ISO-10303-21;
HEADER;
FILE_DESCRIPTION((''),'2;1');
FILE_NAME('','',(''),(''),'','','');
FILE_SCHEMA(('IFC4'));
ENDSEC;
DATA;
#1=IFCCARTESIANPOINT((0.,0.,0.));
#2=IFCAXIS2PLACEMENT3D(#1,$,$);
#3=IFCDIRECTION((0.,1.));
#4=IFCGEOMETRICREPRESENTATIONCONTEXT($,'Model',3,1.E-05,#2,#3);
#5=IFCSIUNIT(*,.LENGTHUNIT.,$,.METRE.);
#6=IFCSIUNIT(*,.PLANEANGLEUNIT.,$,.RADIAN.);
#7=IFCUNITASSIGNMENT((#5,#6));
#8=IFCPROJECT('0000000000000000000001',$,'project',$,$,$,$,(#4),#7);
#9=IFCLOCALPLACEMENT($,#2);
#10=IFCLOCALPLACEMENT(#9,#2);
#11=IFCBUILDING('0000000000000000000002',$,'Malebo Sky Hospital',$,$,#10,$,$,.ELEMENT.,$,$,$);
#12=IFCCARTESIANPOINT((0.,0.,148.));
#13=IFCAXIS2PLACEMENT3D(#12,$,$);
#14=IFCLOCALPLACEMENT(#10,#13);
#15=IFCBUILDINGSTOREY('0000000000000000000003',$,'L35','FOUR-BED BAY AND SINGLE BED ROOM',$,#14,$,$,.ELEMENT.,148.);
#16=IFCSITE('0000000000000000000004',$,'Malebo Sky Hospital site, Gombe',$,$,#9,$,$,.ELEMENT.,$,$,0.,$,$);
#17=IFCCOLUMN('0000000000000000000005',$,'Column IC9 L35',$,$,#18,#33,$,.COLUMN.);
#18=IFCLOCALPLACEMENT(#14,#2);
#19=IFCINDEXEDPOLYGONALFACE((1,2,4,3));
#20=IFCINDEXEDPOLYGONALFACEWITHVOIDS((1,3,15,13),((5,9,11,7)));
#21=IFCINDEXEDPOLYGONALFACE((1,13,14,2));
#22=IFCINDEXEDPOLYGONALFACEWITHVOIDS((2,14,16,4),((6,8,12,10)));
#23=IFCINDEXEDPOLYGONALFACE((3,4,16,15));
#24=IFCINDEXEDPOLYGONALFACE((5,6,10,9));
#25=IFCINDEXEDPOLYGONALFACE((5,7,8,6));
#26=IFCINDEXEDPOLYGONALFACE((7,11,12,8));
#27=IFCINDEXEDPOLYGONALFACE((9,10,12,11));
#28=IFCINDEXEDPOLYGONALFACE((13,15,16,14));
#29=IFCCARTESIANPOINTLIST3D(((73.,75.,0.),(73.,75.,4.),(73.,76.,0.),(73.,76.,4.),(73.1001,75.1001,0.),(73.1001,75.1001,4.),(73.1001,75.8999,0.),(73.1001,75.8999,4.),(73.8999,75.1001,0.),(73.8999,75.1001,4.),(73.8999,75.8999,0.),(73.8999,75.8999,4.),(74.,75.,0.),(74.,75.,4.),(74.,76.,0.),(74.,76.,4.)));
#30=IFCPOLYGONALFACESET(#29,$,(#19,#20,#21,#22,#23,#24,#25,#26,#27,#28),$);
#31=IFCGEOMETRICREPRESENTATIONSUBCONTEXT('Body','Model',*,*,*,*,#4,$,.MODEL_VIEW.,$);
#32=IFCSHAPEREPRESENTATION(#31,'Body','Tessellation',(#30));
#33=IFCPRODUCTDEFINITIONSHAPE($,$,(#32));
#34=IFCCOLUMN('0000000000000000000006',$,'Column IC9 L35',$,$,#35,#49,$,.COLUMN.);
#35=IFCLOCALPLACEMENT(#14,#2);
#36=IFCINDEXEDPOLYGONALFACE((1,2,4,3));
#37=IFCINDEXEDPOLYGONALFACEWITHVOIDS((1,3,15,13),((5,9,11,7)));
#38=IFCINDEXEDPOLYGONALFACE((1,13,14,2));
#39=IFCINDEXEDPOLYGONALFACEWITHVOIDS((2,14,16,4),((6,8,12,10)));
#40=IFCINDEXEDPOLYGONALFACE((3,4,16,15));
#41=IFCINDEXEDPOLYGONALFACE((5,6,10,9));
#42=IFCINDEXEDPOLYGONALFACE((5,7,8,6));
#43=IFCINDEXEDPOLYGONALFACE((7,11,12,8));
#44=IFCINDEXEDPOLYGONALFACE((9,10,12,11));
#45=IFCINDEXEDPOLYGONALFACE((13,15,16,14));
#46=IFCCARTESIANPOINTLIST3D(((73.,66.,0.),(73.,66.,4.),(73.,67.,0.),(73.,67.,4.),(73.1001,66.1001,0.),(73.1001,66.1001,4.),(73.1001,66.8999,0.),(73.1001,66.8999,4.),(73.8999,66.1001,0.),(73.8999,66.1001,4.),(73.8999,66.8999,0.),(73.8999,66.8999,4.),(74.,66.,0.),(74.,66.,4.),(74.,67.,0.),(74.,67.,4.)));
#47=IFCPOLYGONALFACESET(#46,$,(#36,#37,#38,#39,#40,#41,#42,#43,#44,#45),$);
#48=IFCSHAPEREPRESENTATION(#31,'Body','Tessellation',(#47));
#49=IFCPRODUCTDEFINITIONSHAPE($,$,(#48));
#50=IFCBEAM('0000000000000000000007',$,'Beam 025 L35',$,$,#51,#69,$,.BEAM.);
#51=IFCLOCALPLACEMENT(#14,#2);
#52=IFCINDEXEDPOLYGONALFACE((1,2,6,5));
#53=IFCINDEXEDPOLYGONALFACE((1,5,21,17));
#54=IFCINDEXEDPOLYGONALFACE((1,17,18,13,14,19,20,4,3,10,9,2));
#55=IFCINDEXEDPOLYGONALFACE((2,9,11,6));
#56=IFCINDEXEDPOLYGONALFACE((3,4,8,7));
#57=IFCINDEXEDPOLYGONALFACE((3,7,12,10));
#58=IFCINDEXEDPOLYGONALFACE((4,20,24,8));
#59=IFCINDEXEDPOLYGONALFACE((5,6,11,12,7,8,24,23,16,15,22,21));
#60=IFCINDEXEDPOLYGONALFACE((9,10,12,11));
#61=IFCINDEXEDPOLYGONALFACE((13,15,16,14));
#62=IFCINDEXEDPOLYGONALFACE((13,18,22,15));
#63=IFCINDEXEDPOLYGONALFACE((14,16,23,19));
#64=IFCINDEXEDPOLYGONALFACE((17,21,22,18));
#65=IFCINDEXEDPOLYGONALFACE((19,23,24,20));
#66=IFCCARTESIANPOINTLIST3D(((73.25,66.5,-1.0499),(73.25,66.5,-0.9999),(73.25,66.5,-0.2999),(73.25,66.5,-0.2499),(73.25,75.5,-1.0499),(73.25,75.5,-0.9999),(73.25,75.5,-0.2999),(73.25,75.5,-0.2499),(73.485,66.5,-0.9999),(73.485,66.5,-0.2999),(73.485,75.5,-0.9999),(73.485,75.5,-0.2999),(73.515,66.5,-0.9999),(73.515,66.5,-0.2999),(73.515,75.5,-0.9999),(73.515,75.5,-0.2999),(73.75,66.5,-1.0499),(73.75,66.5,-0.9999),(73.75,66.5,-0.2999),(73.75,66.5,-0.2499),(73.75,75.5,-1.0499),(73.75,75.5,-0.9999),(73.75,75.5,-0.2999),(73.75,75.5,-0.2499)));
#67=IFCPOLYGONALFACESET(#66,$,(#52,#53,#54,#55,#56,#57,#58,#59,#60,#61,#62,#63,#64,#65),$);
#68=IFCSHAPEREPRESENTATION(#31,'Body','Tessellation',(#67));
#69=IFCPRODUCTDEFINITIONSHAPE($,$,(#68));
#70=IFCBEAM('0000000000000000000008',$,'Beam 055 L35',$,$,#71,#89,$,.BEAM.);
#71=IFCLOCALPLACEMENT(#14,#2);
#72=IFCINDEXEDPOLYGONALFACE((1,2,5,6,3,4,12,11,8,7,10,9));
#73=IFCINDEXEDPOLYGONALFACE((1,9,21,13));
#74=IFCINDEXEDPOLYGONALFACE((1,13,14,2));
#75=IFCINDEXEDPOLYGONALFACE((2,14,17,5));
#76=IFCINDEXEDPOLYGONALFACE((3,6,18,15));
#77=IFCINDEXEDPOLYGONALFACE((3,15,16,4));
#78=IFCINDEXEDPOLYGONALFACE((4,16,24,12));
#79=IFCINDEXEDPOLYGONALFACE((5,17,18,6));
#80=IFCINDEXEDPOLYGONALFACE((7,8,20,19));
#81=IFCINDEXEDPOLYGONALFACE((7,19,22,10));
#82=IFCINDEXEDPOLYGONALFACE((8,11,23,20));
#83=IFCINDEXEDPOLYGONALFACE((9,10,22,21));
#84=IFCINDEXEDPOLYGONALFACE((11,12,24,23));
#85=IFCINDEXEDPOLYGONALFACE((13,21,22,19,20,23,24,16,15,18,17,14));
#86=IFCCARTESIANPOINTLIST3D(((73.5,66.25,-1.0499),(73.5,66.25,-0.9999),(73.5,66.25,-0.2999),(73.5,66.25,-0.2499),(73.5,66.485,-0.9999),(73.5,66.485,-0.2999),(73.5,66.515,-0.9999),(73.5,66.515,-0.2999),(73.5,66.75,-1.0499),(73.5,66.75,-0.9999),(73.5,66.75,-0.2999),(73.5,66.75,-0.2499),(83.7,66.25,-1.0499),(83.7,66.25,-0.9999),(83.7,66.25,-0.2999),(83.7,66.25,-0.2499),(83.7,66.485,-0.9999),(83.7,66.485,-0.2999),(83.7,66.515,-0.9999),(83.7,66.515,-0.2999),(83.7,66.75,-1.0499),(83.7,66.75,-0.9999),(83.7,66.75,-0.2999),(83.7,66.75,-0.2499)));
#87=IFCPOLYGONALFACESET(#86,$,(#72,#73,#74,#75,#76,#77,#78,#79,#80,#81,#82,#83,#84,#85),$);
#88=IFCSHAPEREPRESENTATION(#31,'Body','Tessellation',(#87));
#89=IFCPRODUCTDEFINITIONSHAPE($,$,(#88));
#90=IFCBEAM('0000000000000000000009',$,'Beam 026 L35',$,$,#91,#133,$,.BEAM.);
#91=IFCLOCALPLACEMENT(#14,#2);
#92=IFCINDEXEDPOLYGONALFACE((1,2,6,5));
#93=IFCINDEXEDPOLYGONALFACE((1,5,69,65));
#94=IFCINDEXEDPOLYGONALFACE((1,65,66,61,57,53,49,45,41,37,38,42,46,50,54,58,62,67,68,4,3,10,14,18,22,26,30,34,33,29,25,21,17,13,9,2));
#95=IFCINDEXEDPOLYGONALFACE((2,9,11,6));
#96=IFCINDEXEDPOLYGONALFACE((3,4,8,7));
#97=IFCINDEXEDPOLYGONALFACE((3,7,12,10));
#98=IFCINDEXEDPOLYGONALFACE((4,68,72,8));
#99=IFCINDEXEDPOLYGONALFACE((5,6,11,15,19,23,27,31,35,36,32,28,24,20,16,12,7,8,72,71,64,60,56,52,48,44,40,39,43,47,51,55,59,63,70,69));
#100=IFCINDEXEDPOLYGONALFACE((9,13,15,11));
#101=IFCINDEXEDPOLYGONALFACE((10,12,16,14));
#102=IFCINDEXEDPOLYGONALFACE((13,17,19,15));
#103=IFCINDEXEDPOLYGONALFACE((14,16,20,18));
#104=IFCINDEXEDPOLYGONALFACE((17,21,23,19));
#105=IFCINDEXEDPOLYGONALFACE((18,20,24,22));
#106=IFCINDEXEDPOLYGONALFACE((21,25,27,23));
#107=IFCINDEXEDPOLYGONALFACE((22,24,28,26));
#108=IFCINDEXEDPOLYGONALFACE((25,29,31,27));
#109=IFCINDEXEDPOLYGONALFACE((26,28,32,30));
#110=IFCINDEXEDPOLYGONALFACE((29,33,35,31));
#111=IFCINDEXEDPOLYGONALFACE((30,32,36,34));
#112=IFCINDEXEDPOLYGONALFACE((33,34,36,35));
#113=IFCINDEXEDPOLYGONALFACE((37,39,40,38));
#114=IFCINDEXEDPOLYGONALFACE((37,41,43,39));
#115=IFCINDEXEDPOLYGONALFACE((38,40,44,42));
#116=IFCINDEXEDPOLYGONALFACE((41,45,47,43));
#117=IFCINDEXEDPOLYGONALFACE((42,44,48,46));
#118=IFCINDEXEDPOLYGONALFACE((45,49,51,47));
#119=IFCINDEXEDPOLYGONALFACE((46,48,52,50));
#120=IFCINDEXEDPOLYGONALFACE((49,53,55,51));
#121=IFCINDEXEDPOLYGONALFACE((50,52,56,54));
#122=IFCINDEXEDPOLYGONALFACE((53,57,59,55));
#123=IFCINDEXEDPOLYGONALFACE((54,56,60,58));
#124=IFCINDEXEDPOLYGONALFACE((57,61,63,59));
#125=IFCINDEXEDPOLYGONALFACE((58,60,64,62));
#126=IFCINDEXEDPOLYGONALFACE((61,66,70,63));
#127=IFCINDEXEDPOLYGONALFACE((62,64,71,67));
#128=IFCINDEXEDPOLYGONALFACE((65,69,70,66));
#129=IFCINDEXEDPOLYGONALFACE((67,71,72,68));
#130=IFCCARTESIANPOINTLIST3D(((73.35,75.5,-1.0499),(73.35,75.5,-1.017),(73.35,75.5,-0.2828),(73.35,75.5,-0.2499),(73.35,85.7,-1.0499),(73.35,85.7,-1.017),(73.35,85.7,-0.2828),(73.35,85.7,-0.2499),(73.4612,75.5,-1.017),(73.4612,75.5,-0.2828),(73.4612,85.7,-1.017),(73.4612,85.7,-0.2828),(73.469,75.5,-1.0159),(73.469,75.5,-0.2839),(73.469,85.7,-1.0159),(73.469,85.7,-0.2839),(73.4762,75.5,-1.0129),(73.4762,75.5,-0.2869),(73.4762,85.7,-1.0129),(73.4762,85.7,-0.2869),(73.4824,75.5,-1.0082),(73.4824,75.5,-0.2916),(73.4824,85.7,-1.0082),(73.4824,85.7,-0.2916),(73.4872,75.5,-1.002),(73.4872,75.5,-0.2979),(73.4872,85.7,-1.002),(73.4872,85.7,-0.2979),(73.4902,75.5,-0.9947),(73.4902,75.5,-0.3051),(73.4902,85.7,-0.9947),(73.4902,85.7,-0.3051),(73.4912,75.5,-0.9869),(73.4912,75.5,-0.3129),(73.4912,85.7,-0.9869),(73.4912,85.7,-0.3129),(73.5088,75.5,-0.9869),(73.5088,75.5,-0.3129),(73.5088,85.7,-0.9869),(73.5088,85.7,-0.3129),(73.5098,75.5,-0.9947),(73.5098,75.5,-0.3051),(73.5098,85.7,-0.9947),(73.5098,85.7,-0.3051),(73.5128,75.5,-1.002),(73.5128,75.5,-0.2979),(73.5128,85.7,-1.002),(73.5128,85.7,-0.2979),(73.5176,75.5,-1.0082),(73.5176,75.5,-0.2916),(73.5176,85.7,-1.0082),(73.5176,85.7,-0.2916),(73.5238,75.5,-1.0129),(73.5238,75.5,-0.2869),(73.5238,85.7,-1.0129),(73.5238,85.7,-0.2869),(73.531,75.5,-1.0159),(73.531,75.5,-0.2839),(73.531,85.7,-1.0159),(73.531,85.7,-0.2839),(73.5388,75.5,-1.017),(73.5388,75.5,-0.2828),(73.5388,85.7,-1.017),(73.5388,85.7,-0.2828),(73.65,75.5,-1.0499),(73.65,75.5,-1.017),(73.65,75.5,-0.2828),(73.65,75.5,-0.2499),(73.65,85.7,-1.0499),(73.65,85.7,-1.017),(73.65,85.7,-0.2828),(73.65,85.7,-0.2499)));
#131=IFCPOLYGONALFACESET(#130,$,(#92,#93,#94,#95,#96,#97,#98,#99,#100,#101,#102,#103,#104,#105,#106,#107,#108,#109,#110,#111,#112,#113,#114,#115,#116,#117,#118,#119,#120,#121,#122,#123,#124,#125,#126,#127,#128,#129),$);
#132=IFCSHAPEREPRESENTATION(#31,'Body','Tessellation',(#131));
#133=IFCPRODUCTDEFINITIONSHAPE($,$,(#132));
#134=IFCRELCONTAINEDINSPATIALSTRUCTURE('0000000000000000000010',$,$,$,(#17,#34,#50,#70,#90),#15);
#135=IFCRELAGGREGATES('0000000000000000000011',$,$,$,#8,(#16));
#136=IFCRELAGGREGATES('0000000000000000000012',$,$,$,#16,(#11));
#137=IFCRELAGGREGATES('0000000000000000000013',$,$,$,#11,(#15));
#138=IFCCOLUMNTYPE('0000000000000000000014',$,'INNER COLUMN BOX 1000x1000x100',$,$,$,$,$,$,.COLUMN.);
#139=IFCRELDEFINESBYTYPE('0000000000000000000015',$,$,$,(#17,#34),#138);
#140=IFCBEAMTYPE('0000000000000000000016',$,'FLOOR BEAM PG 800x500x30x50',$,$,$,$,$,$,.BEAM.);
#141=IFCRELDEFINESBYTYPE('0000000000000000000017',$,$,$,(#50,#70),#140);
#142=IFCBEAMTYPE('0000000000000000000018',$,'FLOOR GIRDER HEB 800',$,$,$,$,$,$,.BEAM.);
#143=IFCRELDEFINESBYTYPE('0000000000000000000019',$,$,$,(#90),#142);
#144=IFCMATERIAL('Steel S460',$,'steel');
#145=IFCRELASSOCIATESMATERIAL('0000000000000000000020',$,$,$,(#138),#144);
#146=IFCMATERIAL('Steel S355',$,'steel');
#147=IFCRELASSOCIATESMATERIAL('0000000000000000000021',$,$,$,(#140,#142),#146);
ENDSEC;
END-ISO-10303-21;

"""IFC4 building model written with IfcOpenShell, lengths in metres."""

from ifc_helpers import new_model, si_unit, direction, frame, origin, origin_2d, place, context, subcontext, project, spatial, hollow_rectangle, i_section, extrude, material, material_profile, profile_set, type_object, element, save


model = new_model("IFC4")

# Units and contexts
model_context = context("Model", 3, precision=1e-05, world=origin(), true_north=direction((0.0, 1.0)))
body_context = subcontext(model_context, "Body", "Model", "MODEL_VIEW")
ifc_project = project(units=[si_unit("LENGTHUNIT", "METRE"), si_unit("PLANEANGLEUNIT", "RADIAN")], contexts=[model_context])

# Site, building, storey
site_placement = place(None, origin())
site = spatial("IfcSite", under=ifc_project, at=site_placement, Name="Malebo Sky Hospital site, Gombe", CompositionType="ELEMENT", RefElevation=0.0)
building_placement = place(site_placement, origin())
building = spatial("IfcBuilding", under=site, at=building_placement, Name="Malebo Sky Hospital", CompositionType="ELEMENT")
storey_placement = place(building_placement, frame((0.0, 0.0, 148.0)))
storey = spatial("IfcBuildingStorey", under=building, at=storey_placement, Name="L35", Description="FOUR-BED BAY AND SINGLE BED ROOM", CompositionType="ELEMENT", Elevation=148.0)

# Columns
ifc_material_1 = material(Name="Steel S460", Category="steel")
ifc_material_profile_1 = material_profile(ifc_material_1, hollow_rectangle(XDim=1.0, YDim=1.0, WallThickness=0.1001, at=origin_2d()), Name="BOX 1000x1000x100")
ifc_profile_set_1 = profile_set([ifc_material_profile_1], Name="Steel S460")
column_type = type_object("IfcColumnType", Name="INNER COLUMN BOX 1000x1000x100", PredefinedType="COLUMN", material=ifc_profile_set_1)
for number, where, z_axis, x_axis, name in (
    (1, (73.5, 75.5, 0.0), (0.0, 0.0, 1.0), (1.0, 0.0, 0.0), "Column IC9 L35"),
    (2, (73.5, 66.5, 0.0), (0.0, 0.0, 1.0), (1.0, 0.0, 0.0), "Column IC9 L35"),
):
    element("IfcColumn", number, at=place(storey_placement, frame(where, z_axis=z_axis, x_axis=x_axis)), inside=storey, type_object=column_type, Name=name, PredefinedType="COLUMN", context=body_context, shape_type="SweptSolid", body=[
        extrude(hollow_rectangle(XDim=1.0, YDim=1.0, WallThickness=0.1001, at=origin_2d()), origin(), (0.0, 0.0, 1.0), 4.0),
    ])

# Beams
ifc_material_2 = material(Name="Steel S355", Category="steel")
ifc_material_profile_2 = material_profile(ifc_material_2, i_section(OverallWidth=0.5, OverallDepth=0.8, WebThickness=0.03, FlangeThickness=0.05, at=origin_2d()), Name="PG 800x500x30x50")
ifc_profile_set_2 = profile_set([ifc_material_profile_2], Name="Steel S355")
beam_type_1 = type_object("IfcBeamType", Name="FLOOR BEAM PG 800x500x30x50", PredefinedType="BEAM", material=ifc_profile_set_2)
beam_1_placement = place(storey_placement, frame((73.5, 66.5, -0.6499), z_axis=(0.0, 1.0, 0.0), x_axis=(-1.0, 0.0, 0.0)))
element("IfcBeam", 3, at=beam_1_placement, inside=storey, type_object=beam_type_1, Name="Beam 025 L35", PredefinedType="BEAM", context=body_context, shape_type="SweptSolid", body=[
    extrude(i_section(OverallWidth=0.5, OverallDepth=0.8, WebThickness=0.03, FlangeThickness=0.05, at=origin_2d()), origin(), (0.0, 0.0, 1.0), 9.0),
])
beam_2_placement = place(storey_placement, frame((73.5, 66.5, -0.6499), z_axis=(1.0, 0.0, 0.0), x_axis=(0.0, 1.0, 0.0)))
element("IfcBeam", 4, at=beam_2_placement, inside=storey, type_object=beam_type_1, Name="Beam 055 L35", PredefinedType="BEAM", context=body_context, shape_type="SweptSolid", body=[
    extrude(i_section(OverallWidth=0.5, OverallDepth=0.8, WebThickness=0.03, FlangeThickness=0.05, at=origin_2d()), origin(), (0.0, 0.0, 1.0), 10.2),
])
ifc_material_profile_3 = material_profile(ifc_material_2, i_section(OverallWidth=0.3, OverallDepth=0.8, WebThickness=0.0176, FlangeThickness=0.033, FilletRadius=0.03, at=origin_2d()), Name="HEB 800")
ifc_profile_set_3 = profile_set([ifc_material_profile_3], Name="Steel S355")
beam_type_2 = type_object("IfcBeamType", Name="FLOOR GIRDER HEB 800", PredefinedType="BEAM", material=ifc_profile_set_3)
beam_3_placement = place(storey_placement, frame((73.5, 75.5, -0.6499), z_axis=(0.0, 1.0, 0.0), x_axis=(-1.0, 0.0, 0.0)))
element("IfcBeam", 5, at=beam_3_placement, inside=storey, type_object=beam_type_2, Name="Beam 026 L35", PredefinedType="BEAM", context=body_context, shape_type="SweptSolid", body=[
    extrude(i_section(OverallWidth=0.3, OverallDepth=0.8, WebThickness=0.0176, FlangeThickness=0.033, FilletRadius=0.03, at=origin_2d()), origin(), (0.0, 0.0, 1.0), 10.2),
])

save(model, "model.ifc")
